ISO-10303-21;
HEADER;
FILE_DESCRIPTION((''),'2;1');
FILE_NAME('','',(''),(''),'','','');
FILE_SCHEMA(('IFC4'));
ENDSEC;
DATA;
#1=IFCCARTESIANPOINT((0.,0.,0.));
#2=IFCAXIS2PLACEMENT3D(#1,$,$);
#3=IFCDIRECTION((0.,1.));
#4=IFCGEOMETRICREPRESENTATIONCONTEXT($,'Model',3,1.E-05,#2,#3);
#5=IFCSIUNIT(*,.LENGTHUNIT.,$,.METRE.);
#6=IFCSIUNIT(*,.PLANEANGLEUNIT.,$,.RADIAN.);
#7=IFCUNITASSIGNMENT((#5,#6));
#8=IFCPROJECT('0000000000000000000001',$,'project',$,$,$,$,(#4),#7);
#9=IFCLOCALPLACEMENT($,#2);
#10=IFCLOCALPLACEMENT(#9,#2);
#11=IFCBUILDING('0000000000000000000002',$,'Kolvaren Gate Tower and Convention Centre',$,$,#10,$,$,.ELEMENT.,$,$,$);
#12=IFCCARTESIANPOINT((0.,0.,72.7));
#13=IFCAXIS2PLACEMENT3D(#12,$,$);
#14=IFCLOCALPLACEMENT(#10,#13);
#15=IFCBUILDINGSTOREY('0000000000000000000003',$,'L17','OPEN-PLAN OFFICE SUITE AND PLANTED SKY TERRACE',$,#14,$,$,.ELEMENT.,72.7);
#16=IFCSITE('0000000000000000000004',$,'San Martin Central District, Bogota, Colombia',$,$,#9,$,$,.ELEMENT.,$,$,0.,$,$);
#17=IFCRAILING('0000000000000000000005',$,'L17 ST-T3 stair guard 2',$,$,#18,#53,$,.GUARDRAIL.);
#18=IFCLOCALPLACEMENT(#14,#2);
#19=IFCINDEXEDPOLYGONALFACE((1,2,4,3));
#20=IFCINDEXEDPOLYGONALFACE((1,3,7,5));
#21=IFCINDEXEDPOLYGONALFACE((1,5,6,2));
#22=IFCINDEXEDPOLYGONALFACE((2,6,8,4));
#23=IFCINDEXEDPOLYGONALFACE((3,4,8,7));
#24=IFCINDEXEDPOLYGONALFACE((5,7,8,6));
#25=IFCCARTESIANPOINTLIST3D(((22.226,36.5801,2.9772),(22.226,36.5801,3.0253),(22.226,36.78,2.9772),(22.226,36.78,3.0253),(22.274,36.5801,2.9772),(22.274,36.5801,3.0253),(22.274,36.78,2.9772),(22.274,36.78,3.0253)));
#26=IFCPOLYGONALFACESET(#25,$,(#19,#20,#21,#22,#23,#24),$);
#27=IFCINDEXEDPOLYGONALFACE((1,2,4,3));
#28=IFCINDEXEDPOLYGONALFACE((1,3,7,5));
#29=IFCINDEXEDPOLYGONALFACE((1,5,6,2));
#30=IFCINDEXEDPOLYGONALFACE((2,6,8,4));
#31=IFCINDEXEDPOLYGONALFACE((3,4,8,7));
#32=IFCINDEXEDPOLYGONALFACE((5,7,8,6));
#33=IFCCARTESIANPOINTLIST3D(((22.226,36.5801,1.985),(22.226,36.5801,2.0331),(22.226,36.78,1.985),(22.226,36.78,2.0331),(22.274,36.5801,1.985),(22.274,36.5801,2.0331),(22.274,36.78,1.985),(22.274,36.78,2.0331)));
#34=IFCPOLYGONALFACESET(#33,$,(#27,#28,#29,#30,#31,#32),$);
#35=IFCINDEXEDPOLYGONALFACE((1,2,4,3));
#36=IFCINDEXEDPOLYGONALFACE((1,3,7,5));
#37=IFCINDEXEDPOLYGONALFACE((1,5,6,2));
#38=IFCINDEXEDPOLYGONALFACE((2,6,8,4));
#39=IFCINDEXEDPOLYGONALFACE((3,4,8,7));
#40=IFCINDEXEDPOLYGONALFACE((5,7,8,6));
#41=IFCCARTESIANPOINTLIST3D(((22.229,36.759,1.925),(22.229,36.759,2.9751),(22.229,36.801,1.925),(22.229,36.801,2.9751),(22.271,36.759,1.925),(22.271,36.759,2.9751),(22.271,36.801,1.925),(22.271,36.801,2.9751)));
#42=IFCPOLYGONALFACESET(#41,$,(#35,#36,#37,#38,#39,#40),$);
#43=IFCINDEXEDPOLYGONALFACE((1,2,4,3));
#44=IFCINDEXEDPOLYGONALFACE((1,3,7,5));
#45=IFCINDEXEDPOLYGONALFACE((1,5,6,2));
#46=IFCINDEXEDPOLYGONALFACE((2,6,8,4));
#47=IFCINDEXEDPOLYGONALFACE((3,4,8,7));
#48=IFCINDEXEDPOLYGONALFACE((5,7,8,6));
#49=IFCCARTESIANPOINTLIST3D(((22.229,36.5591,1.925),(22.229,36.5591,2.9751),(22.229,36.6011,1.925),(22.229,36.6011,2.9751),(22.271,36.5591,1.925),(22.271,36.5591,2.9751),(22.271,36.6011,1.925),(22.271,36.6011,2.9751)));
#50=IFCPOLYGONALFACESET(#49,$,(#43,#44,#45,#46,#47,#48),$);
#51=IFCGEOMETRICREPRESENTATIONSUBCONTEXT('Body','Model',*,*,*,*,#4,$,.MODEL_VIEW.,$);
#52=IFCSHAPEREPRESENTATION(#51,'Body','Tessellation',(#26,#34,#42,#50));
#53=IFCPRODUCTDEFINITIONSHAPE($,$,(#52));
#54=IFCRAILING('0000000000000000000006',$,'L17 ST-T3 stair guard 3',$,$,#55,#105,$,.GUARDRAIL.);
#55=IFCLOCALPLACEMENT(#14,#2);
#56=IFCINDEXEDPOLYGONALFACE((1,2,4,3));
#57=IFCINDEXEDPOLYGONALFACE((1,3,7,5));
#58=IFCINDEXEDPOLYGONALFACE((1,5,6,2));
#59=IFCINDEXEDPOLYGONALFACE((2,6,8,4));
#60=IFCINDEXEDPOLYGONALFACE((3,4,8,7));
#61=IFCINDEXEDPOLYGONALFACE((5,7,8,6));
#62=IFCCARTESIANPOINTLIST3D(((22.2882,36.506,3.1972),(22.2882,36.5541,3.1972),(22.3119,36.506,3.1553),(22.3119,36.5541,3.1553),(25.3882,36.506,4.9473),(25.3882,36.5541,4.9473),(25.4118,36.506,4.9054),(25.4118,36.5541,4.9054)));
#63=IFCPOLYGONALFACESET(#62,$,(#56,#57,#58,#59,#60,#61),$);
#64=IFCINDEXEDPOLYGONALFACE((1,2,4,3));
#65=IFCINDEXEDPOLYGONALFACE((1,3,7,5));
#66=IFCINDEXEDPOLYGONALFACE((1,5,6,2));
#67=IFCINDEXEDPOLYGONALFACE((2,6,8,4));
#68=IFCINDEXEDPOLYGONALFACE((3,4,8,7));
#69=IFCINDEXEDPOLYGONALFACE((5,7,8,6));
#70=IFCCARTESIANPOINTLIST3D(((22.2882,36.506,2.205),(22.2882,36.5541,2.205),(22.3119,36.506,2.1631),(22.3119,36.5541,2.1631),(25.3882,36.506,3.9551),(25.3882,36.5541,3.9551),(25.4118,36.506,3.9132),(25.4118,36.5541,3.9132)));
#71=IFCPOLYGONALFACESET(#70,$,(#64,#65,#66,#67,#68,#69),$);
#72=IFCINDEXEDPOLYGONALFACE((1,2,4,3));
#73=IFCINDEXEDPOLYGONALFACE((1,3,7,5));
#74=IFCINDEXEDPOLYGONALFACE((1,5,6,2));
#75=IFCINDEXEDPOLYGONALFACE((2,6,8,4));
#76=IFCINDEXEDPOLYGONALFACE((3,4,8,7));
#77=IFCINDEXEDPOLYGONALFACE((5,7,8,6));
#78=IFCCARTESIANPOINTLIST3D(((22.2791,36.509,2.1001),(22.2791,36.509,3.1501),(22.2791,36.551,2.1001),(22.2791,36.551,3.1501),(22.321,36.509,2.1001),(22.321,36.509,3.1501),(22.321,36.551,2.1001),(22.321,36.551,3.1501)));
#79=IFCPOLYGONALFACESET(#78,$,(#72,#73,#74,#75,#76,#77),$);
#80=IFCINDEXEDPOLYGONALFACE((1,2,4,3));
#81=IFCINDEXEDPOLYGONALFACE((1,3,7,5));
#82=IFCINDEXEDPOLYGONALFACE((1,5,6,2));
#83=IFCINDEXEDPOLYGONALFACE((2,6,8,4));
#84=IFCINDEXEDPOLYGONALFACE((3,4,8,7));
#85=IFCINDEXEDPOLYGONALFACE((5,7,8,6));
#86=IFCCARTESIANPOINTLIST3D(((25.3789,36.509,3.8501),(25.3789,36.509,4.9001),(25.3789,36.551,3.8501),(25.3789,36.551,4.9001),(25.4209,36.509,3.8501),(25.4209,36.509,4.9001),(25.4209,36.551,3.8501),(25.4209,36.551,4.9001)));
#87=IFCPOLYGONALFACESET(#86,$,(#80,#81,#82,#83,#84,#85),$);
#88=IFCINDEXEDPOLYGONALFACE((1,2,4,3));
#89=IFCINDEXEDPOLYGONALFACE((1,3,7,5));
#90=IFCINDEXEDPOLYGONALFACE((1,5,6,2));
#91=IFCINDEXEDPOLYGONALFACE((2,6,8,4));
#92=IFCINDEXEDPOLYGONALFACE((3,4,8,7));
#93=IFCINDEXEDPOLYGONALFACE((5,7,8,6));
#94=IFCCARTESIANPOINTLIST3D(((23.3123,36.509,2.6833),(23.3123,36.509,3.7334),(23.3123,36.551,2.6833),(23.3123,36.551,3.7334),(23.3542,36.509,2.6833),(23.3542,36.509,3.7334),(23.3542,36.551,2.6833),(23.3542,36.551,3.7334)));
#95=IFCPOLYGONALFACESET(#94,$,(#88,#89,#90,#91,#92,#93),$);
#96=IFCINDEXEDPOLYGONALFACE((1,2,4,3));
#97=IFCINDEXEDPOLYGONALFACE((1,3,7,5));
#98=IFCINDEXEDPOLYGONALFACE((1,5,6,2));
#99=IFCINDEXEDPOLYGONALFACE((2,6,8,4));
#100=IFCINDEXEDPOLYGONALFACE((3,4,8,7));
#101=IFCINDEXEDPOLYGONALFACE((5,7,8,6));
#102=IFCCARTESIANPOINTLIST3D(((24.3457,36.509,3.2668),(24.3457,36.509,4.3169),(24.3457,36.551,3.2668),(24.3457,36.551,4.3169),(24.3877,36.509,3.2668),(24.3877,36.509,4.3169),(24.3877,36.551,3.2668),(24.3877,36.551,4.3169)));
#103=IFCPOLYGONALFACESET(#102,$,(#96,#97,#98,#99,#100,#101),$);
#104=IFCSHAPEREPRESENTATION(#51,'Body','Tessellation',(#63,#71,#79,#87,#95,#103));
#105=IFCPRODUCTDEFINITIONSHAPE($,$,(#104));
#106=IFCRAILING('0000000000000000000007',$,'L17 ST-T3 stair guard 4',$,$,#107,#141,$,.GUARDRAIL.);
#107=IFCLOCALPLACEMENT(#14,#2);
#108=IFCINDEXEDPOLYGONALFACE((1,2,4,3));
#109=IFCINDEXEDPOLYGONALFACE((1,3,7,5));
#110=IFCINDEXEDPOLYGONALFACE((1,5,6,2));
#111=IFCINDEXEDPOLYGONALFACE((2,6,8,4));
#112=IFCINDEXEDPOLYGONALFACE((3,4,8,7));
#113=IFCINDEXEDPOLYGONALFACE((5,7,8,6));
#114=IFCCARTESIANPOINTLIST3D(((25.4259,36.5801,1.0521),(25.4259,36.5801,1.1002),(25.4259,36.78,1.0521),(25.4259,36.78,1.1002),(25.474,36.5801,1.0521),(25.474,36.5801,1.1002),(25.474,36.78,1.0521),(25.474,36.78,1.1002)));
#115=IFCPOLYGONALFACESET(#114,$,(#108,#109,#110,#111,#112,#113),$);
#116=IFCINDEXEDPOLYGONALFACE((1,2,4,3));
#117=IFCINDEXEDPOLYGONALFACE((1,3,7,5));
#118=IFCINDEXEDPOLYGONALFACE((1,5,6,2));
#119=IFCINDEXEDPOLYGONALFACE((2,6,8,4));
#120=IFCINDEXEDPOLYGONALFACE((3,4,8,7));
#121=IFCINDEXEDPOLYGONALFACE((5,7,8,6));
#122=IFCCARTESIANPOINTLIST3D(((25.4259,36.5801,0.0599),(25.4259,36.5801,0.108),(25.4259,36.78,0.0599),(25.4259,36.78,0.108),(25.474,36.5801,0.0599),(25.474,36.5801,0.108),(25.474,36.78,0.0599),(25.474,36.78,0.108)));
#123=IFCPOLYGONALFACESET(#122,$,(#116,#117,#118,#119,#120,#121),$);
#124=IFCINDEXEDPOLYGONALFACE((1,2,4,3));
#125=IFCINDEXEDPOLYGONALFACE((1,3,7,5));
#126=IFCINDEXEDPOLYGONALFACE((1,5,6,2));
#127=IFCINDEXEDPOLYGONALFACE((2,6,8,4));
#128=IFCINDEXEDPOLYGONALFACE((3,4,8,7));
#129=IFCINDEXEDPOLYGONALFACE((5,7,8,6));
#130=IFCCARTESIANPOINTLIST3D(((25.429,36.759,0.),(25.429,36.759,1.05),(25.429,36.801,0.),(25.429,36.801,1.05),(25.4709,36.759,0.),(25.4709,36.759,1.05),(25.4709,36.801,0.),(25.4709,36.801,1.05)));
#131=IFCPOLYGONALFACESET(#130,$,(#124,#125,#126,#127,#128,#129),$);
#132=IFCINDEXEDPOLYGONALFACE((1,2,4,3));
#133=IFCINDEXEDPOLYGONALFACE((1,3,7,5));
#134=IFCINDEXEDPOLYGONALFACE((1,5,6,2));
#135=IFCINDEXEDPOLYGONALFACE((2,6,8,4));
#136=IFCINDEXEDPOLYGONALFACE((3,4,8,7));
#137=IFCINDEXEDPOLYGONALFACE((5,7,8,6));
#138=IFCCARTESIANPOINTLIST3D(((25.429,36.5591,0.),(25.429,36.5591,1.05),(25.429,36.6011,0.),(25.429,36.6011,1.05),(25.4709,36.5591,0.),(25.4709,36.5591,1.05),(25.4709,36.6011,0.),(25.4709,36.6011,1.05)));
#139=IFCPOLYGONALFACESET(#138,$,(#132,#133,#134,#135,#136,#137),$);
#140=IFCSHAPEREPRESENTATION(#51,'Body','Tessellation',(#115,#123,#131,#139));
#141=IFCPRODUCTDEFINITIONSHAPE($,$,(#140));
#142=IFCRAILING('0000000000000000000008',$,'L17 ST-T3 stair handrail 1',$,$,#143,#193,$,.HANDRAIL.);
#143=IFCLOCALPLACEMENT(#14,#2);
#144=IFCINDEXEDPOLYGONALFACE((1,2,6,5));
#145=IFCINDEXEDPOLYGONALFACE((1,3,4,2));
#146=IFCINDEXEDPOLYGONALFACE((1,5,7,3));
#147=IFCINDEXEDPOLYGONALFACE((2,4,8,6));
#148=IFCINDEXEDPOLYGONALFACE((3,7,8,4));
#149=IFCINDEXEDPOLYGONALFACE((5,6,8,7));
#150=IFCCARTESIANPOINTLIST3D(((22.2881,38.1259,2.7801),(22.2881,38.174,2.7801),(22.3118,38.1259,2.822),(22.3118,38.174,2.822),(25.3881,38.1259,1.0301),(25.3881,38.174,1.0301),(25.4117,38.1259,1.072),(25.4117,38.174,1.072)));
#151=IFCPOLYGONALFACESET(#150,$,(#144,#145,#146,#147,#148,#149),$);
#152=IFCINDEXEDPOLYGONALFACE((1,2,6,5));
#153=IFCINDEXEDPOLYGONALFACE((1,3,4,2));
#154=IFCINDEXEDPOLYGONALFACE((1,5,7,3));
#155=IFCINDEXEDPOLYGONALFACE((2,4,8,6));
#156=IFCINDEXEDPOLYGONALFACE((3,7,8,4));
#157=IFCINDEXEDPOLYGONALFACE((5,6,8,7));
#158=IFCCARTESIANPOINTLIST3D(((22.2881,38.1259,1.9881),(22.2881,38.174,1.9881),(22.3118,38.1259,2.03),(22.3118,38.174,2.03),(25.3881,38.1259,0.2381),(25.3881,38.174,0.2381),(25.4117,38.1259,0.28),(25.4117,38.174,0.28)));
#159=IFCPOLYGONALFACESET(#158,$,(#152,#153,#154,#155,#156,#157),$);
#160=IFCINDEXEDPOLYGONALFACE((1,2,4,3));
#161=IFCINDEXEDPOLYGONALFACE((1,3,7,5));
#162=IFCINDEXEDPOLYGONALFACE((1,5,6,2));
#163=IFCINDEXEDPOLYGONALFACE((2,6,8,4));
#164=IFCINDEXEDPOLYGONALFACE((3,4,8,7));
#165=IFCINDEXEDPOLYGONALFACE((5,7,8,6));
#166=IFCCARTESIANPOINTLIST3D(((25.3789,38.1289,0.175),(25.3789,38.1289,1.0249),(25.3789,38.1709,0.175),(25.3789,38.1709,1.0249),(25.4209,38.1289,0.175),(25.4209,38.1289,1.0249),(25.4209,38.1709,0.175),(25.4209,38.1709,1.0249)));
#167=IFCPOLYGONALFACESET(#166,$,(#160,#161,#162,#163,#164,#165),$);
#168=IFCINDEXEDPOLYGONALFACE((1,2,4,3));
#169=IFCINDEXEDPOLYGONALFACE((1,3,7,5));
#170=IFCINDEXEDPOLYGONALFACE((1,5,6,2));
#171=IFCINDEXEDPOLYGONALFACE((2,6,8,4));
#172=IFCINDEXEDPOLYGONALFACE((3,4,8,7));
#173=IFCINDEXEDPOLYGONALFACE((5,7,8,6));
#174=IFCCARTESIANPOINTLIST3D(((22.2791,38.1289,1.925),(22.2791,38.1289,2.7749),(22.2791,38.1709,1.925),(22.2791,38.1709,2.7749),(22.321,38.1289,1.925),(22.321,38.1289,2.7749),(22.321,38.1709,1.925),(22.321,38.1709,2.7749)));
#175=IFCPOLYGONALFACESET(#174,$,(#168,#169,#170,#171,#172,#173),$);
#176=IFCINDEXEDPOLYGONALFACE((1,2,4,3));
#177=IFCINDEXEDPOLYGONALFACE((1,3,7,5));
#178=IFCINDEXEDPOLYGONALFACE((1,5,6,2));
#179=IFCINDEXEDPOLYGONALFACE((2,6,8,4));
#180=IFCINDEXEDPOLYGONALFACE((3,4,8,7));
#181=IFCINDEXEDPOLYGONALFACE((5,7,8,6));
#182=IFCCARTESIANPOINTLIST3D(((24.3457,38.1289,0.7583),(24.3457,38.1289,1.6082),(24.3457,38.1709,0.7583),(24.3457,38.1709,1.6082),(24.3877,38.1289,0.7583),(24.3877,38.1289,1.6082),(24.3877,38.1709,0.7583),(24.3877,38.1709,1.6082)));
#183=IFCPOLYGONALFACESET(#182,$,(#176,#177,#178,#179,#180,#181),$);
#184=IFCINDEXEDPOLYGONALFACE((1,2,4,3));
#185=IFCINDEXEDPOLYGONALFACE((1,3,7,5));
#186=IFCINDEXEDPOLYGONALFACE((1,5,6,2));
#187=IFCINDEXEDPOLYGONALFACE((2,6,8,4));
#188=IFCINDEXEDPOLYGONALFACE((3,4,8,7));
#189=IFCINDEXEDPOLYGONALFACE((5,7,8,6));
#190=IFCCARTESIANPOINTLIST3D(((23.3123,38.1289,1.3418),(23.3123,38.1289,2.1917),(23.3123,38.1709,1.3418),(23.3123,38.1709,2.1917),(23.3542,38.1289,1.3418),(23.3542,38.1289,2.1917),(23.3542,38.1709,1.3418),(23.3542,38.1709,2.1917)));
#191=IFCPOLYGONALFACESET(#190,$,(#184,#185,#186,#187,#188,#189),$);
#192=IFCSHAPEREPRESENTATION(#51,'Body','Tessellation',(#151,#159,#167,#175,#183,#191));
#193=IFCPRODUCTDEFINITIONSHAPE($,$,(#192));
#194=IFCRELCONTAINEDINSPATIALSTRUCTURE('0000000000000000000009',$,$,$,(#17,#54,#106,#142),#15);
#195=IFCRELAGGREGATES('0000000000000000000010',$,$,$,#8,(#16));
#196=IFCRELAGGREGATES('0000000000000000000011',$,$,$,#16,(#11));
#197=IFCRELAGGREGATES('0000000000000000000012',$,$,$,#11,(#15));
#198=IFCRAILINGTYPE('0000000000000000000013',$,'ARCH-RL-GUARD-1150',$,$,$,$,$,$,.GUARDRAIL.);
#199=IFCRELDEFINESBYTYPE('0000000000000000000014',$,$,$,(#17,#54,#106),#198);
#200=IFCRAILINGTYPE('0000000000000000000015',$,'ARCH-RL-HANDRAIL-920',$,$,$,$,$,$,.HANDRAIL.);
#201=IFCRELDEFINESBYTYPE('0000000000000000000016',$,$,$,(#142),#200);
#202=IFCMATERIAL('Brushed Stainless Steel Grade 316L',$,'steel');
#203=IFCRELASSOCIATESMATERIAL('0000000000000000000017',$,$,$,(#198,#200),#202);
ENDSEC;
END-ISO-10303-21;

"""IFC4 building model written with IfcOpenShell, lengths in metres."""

from ifc_helpers import new_model, si_unit, direction, frame, origin, origin_2d, place, context, subcontext, project, spatial, rectangle, extrude, material, type_object, element, save


model = new_model("IFC4")

# Units and contexts
model_context = context("Model", 3, precision=1e-05, world=origin(), true_north=direction((0.0, 1.0)))
body_context = subcontext(model_context, "Body", "Model", "MODEL_VIEW")
ifc_project = project(units=[si_unit("LENGTHUNIT", "METRE"), si_unit("PLANEANGLEUNIT", "RADIAN")], contexts=[model_context])

# Site, building, storey
site_placement = place(None, origin())
site = spatial("IfcSite", under=ifc_project, at=site_placement, Name="San Martin Central District, Bogota, Colombia", CompositionType="ELEMENT", RefElevation=0.0)
building_placement = place(site_placement, origin())
building = spatial("IfcBuilding", under=site, at=building_placement, Name="Kolvaren Gate Tower and Convention Centre", CompositionType="ELEMENT")
storey_placement = place(building_placement, frame((0.0, 0.0, 72.7)))
storey = spatial("IfcBuildingStorey", under=building, at=storey_placement, Name="L17", Description="OPEN-PLAN OFFICE SUITE AND PLANTED SKY TERRACE", CompositionType="ELEMENT", Elevation=72.7)

# Railings
ifc_material_1 = material(Name="Brushed Stainless Steel Grade 316L", Category="steel")
railing_type_1 = type_object("IfcRailingType", Name="ARCH-RL-GUARD-1150", PredefinedType="GUARDRAIL", material=ifc_material_1)
railing_1_placement = place(storey_placement, frame((22.25, 36.78, 1.925)))
element("IfcRailing", 1, at=railing_1_placement, inside=storey, type_object=railing_type_1, Name="L17 ST-T3 stair guard 2", PredefinedType="GUARDRAIL", context=body_context, shape_type="SweptSolid", body=[
    extrude(rectangle(XDim=0.0481, YDim=0.0481, at=origin_2d()), frame((0.0, 0.0, 1.0762), z_axis=(0.0, -1.0, 0.0), x_axis=(1.0, 0.0, 0.0)), (0.0, 0.0, 1.0), 0.2),
    extrude(rectangle(XDim=0.0481, YDim=0.0481, at=origin_2d()), frame((0.0, 0.0, 0.084), z_axis=(0.0, -1.0, 0.0), x_axis=(1.0, 0.0, 0.0)), (0.0, 0.0, 1.0), 0.2),
    extrude(rectangle(XDim=0.042, YDim=0.042, at=origin_2d()), origin(), (0.0, 0.0, 1.0), 1.05),
    extrude(rectangle(XDim=0.042, YDim=0.042, at=origin_2d()), frame((0.0, -0.2, 0.0)), (0.0, 0.0, 1.0), 1.05),
])
railing_2_placement = place(storey_placement, frame((22.3, 36.53, 2.1001)))
element("IfcRailing", 2, at=railing_2_placement, inside=storey, type_object=railing_type_1, Name="L17 ST-T3 stair guard 3", PredefinedType="GUARDRAIL", context=body_context, shape_type="SweptSolid", body=[
    extrude(rectangle(XDim=0.0481, YDim=0.0481, at=origin_2d()), frame((0.0, 0.0, 1.0762), z_axis=(0.870814, 0.0, 0.491612), x_axis=(0.0, 1.0, 0.0)), (0.0, 0.0, 1.0), 3.5598),
    extrude(rectangle(XDim=0.0481, YDim=0.0481, at=origin_2d()), frame((0.0, 0.0, 0.084), z_axis=(0.870814, 0.0, 0.491612), x_axis=(0.0, 1.0, 0.0)), (0.0, 0.0, 1.0), 3.5598),
    extrude(rectangle(XDim=0.042, YDim=0.042, at=origin_2d()), origin(), (0.0, 0.0, 1.0), 1.05),
    extrude(rectangle(XDim=0.042, YDim=0.042, at=origin_2d()), frame((3.0999, 0.0, 1.75)), (0.0, 0.0, 1.0), 1.05),
    extrude(rectangle(XDim=0.042, YDim=0.042, at=origin_2d()), frame((1.0332, 0.0, 0.5833)), (0.0, 0.0, 1.0), 1.05),
    extrude(rectangle(XDim=0.042, YDim=0.042, at=origin_2d()), frame((2.0667, 0.0, 1.1667)), (0.0, 0.0, 1.0), 1.05),
])
railing_3_placement = place(storey_placement, frame((25.45, 36.78, 0.0)))
element("IfcRailing", 3, at=railing_3_placement, inside=storey, type_object=railing_type_1, Name="L17 ST-T3 stair guard 4", PredefinedType="GUARDRAIL", context=body_context, shape_type="SweptSolid", body=[
    extrude(rectangle(XDim=0.0481, YDim=0.0481, at=origin_2d()), frame((0.0, 0.0, 1.0762), z_axis=(0.0, -1.0, 0.0), x_axis=(1.0, 0.0, 0.0)), (0.0, 0.0, 1.0), 0.2),
    extrude(rectangle(XDim=0.0481, YDim=0.0481, at=origin_2d()), frame((0.0, 0.0, 0.084), z_axis=(0.0, -1.0, 0.0), x_axis=(1.0, 0.0, 0.0)), (0.0, 0.0, 1.0), 0.2),
    extrude(rectangle(XDim=0.042, YDim=0.042, at=origin_2d()), origin(), (0.0, 0.0, 1.0), 1.05),
    extrude(rectangle(XDim=0.042, YDim=0.042, at=origin_2d()), frame((0.0, -0.2, 0.0)), (0.0, 0.0, 1.0), 1.05),
])
railing_type_2 = type_object("IfcRailingType", Name="ARCH-RL-HANDRAIL-920", PredefinedType="HANDRAIL", material=ifc_material_1)
railing_4_placement = place(storey_placement, frame((25.3999, 38.1499, 0.175)))
element("IfcRailing", 4, at=railing_4_placement, inside=storey, type_object=railing_type_2, Name="L17 ST-T3 stair handrail 1", PredefinedType="HANDRAIL", context=body_context, shape_type="SweptSolid", body=[
    extrude(rectangle(XDim=0.0481, YDim=0.0481, at=origin_2d()), frame((0.0, 0.0, 0.876), z_axis=(-0.870814, 0.0, 0.491612), x_axis=(0.0, -1.0, 0.0)), (0.0, 0.0, 1.0), 3.5598),
    extrude(rectangle(XDim=0.0481, YDim=0.0481, at=origin_2d()), frame((0.0, 0.0, 0.084), z_axis=(-0.870814, 0.0, 0.491612), x_axis=(0.0, -1.0, 0.0)), (0.0, 0.0, 1.0), 3.5598),
    extrude(rectangle(XDim=0.042, YDim=0.042, at=origin_2d()), origin(), (0.0, 0.0, 1.0), 0.8499),
    extrude(rectangle(XDim=0.042, YDim=0.042, at=origin_2d()), frame((-3.0999, 0.0, 1.75)), (0.0, 0.0, 1.0), 0.8499),
    extrude(rectangle(XDim=0.042, YDim=0.042, at=origin_2d()), frame((-1.0332, 0.0, 0.5833)), (0.0, 0.0, 1.0), 0.8499),
    extrude(rectangle(XDim=0.042, YDim=0.042, at=origin_2d()), frame((-2.0667, 0.0, 1.1667)), (0.0, 0.0, 1.0), 0.8499),
])

save(model, "model.ifc")
